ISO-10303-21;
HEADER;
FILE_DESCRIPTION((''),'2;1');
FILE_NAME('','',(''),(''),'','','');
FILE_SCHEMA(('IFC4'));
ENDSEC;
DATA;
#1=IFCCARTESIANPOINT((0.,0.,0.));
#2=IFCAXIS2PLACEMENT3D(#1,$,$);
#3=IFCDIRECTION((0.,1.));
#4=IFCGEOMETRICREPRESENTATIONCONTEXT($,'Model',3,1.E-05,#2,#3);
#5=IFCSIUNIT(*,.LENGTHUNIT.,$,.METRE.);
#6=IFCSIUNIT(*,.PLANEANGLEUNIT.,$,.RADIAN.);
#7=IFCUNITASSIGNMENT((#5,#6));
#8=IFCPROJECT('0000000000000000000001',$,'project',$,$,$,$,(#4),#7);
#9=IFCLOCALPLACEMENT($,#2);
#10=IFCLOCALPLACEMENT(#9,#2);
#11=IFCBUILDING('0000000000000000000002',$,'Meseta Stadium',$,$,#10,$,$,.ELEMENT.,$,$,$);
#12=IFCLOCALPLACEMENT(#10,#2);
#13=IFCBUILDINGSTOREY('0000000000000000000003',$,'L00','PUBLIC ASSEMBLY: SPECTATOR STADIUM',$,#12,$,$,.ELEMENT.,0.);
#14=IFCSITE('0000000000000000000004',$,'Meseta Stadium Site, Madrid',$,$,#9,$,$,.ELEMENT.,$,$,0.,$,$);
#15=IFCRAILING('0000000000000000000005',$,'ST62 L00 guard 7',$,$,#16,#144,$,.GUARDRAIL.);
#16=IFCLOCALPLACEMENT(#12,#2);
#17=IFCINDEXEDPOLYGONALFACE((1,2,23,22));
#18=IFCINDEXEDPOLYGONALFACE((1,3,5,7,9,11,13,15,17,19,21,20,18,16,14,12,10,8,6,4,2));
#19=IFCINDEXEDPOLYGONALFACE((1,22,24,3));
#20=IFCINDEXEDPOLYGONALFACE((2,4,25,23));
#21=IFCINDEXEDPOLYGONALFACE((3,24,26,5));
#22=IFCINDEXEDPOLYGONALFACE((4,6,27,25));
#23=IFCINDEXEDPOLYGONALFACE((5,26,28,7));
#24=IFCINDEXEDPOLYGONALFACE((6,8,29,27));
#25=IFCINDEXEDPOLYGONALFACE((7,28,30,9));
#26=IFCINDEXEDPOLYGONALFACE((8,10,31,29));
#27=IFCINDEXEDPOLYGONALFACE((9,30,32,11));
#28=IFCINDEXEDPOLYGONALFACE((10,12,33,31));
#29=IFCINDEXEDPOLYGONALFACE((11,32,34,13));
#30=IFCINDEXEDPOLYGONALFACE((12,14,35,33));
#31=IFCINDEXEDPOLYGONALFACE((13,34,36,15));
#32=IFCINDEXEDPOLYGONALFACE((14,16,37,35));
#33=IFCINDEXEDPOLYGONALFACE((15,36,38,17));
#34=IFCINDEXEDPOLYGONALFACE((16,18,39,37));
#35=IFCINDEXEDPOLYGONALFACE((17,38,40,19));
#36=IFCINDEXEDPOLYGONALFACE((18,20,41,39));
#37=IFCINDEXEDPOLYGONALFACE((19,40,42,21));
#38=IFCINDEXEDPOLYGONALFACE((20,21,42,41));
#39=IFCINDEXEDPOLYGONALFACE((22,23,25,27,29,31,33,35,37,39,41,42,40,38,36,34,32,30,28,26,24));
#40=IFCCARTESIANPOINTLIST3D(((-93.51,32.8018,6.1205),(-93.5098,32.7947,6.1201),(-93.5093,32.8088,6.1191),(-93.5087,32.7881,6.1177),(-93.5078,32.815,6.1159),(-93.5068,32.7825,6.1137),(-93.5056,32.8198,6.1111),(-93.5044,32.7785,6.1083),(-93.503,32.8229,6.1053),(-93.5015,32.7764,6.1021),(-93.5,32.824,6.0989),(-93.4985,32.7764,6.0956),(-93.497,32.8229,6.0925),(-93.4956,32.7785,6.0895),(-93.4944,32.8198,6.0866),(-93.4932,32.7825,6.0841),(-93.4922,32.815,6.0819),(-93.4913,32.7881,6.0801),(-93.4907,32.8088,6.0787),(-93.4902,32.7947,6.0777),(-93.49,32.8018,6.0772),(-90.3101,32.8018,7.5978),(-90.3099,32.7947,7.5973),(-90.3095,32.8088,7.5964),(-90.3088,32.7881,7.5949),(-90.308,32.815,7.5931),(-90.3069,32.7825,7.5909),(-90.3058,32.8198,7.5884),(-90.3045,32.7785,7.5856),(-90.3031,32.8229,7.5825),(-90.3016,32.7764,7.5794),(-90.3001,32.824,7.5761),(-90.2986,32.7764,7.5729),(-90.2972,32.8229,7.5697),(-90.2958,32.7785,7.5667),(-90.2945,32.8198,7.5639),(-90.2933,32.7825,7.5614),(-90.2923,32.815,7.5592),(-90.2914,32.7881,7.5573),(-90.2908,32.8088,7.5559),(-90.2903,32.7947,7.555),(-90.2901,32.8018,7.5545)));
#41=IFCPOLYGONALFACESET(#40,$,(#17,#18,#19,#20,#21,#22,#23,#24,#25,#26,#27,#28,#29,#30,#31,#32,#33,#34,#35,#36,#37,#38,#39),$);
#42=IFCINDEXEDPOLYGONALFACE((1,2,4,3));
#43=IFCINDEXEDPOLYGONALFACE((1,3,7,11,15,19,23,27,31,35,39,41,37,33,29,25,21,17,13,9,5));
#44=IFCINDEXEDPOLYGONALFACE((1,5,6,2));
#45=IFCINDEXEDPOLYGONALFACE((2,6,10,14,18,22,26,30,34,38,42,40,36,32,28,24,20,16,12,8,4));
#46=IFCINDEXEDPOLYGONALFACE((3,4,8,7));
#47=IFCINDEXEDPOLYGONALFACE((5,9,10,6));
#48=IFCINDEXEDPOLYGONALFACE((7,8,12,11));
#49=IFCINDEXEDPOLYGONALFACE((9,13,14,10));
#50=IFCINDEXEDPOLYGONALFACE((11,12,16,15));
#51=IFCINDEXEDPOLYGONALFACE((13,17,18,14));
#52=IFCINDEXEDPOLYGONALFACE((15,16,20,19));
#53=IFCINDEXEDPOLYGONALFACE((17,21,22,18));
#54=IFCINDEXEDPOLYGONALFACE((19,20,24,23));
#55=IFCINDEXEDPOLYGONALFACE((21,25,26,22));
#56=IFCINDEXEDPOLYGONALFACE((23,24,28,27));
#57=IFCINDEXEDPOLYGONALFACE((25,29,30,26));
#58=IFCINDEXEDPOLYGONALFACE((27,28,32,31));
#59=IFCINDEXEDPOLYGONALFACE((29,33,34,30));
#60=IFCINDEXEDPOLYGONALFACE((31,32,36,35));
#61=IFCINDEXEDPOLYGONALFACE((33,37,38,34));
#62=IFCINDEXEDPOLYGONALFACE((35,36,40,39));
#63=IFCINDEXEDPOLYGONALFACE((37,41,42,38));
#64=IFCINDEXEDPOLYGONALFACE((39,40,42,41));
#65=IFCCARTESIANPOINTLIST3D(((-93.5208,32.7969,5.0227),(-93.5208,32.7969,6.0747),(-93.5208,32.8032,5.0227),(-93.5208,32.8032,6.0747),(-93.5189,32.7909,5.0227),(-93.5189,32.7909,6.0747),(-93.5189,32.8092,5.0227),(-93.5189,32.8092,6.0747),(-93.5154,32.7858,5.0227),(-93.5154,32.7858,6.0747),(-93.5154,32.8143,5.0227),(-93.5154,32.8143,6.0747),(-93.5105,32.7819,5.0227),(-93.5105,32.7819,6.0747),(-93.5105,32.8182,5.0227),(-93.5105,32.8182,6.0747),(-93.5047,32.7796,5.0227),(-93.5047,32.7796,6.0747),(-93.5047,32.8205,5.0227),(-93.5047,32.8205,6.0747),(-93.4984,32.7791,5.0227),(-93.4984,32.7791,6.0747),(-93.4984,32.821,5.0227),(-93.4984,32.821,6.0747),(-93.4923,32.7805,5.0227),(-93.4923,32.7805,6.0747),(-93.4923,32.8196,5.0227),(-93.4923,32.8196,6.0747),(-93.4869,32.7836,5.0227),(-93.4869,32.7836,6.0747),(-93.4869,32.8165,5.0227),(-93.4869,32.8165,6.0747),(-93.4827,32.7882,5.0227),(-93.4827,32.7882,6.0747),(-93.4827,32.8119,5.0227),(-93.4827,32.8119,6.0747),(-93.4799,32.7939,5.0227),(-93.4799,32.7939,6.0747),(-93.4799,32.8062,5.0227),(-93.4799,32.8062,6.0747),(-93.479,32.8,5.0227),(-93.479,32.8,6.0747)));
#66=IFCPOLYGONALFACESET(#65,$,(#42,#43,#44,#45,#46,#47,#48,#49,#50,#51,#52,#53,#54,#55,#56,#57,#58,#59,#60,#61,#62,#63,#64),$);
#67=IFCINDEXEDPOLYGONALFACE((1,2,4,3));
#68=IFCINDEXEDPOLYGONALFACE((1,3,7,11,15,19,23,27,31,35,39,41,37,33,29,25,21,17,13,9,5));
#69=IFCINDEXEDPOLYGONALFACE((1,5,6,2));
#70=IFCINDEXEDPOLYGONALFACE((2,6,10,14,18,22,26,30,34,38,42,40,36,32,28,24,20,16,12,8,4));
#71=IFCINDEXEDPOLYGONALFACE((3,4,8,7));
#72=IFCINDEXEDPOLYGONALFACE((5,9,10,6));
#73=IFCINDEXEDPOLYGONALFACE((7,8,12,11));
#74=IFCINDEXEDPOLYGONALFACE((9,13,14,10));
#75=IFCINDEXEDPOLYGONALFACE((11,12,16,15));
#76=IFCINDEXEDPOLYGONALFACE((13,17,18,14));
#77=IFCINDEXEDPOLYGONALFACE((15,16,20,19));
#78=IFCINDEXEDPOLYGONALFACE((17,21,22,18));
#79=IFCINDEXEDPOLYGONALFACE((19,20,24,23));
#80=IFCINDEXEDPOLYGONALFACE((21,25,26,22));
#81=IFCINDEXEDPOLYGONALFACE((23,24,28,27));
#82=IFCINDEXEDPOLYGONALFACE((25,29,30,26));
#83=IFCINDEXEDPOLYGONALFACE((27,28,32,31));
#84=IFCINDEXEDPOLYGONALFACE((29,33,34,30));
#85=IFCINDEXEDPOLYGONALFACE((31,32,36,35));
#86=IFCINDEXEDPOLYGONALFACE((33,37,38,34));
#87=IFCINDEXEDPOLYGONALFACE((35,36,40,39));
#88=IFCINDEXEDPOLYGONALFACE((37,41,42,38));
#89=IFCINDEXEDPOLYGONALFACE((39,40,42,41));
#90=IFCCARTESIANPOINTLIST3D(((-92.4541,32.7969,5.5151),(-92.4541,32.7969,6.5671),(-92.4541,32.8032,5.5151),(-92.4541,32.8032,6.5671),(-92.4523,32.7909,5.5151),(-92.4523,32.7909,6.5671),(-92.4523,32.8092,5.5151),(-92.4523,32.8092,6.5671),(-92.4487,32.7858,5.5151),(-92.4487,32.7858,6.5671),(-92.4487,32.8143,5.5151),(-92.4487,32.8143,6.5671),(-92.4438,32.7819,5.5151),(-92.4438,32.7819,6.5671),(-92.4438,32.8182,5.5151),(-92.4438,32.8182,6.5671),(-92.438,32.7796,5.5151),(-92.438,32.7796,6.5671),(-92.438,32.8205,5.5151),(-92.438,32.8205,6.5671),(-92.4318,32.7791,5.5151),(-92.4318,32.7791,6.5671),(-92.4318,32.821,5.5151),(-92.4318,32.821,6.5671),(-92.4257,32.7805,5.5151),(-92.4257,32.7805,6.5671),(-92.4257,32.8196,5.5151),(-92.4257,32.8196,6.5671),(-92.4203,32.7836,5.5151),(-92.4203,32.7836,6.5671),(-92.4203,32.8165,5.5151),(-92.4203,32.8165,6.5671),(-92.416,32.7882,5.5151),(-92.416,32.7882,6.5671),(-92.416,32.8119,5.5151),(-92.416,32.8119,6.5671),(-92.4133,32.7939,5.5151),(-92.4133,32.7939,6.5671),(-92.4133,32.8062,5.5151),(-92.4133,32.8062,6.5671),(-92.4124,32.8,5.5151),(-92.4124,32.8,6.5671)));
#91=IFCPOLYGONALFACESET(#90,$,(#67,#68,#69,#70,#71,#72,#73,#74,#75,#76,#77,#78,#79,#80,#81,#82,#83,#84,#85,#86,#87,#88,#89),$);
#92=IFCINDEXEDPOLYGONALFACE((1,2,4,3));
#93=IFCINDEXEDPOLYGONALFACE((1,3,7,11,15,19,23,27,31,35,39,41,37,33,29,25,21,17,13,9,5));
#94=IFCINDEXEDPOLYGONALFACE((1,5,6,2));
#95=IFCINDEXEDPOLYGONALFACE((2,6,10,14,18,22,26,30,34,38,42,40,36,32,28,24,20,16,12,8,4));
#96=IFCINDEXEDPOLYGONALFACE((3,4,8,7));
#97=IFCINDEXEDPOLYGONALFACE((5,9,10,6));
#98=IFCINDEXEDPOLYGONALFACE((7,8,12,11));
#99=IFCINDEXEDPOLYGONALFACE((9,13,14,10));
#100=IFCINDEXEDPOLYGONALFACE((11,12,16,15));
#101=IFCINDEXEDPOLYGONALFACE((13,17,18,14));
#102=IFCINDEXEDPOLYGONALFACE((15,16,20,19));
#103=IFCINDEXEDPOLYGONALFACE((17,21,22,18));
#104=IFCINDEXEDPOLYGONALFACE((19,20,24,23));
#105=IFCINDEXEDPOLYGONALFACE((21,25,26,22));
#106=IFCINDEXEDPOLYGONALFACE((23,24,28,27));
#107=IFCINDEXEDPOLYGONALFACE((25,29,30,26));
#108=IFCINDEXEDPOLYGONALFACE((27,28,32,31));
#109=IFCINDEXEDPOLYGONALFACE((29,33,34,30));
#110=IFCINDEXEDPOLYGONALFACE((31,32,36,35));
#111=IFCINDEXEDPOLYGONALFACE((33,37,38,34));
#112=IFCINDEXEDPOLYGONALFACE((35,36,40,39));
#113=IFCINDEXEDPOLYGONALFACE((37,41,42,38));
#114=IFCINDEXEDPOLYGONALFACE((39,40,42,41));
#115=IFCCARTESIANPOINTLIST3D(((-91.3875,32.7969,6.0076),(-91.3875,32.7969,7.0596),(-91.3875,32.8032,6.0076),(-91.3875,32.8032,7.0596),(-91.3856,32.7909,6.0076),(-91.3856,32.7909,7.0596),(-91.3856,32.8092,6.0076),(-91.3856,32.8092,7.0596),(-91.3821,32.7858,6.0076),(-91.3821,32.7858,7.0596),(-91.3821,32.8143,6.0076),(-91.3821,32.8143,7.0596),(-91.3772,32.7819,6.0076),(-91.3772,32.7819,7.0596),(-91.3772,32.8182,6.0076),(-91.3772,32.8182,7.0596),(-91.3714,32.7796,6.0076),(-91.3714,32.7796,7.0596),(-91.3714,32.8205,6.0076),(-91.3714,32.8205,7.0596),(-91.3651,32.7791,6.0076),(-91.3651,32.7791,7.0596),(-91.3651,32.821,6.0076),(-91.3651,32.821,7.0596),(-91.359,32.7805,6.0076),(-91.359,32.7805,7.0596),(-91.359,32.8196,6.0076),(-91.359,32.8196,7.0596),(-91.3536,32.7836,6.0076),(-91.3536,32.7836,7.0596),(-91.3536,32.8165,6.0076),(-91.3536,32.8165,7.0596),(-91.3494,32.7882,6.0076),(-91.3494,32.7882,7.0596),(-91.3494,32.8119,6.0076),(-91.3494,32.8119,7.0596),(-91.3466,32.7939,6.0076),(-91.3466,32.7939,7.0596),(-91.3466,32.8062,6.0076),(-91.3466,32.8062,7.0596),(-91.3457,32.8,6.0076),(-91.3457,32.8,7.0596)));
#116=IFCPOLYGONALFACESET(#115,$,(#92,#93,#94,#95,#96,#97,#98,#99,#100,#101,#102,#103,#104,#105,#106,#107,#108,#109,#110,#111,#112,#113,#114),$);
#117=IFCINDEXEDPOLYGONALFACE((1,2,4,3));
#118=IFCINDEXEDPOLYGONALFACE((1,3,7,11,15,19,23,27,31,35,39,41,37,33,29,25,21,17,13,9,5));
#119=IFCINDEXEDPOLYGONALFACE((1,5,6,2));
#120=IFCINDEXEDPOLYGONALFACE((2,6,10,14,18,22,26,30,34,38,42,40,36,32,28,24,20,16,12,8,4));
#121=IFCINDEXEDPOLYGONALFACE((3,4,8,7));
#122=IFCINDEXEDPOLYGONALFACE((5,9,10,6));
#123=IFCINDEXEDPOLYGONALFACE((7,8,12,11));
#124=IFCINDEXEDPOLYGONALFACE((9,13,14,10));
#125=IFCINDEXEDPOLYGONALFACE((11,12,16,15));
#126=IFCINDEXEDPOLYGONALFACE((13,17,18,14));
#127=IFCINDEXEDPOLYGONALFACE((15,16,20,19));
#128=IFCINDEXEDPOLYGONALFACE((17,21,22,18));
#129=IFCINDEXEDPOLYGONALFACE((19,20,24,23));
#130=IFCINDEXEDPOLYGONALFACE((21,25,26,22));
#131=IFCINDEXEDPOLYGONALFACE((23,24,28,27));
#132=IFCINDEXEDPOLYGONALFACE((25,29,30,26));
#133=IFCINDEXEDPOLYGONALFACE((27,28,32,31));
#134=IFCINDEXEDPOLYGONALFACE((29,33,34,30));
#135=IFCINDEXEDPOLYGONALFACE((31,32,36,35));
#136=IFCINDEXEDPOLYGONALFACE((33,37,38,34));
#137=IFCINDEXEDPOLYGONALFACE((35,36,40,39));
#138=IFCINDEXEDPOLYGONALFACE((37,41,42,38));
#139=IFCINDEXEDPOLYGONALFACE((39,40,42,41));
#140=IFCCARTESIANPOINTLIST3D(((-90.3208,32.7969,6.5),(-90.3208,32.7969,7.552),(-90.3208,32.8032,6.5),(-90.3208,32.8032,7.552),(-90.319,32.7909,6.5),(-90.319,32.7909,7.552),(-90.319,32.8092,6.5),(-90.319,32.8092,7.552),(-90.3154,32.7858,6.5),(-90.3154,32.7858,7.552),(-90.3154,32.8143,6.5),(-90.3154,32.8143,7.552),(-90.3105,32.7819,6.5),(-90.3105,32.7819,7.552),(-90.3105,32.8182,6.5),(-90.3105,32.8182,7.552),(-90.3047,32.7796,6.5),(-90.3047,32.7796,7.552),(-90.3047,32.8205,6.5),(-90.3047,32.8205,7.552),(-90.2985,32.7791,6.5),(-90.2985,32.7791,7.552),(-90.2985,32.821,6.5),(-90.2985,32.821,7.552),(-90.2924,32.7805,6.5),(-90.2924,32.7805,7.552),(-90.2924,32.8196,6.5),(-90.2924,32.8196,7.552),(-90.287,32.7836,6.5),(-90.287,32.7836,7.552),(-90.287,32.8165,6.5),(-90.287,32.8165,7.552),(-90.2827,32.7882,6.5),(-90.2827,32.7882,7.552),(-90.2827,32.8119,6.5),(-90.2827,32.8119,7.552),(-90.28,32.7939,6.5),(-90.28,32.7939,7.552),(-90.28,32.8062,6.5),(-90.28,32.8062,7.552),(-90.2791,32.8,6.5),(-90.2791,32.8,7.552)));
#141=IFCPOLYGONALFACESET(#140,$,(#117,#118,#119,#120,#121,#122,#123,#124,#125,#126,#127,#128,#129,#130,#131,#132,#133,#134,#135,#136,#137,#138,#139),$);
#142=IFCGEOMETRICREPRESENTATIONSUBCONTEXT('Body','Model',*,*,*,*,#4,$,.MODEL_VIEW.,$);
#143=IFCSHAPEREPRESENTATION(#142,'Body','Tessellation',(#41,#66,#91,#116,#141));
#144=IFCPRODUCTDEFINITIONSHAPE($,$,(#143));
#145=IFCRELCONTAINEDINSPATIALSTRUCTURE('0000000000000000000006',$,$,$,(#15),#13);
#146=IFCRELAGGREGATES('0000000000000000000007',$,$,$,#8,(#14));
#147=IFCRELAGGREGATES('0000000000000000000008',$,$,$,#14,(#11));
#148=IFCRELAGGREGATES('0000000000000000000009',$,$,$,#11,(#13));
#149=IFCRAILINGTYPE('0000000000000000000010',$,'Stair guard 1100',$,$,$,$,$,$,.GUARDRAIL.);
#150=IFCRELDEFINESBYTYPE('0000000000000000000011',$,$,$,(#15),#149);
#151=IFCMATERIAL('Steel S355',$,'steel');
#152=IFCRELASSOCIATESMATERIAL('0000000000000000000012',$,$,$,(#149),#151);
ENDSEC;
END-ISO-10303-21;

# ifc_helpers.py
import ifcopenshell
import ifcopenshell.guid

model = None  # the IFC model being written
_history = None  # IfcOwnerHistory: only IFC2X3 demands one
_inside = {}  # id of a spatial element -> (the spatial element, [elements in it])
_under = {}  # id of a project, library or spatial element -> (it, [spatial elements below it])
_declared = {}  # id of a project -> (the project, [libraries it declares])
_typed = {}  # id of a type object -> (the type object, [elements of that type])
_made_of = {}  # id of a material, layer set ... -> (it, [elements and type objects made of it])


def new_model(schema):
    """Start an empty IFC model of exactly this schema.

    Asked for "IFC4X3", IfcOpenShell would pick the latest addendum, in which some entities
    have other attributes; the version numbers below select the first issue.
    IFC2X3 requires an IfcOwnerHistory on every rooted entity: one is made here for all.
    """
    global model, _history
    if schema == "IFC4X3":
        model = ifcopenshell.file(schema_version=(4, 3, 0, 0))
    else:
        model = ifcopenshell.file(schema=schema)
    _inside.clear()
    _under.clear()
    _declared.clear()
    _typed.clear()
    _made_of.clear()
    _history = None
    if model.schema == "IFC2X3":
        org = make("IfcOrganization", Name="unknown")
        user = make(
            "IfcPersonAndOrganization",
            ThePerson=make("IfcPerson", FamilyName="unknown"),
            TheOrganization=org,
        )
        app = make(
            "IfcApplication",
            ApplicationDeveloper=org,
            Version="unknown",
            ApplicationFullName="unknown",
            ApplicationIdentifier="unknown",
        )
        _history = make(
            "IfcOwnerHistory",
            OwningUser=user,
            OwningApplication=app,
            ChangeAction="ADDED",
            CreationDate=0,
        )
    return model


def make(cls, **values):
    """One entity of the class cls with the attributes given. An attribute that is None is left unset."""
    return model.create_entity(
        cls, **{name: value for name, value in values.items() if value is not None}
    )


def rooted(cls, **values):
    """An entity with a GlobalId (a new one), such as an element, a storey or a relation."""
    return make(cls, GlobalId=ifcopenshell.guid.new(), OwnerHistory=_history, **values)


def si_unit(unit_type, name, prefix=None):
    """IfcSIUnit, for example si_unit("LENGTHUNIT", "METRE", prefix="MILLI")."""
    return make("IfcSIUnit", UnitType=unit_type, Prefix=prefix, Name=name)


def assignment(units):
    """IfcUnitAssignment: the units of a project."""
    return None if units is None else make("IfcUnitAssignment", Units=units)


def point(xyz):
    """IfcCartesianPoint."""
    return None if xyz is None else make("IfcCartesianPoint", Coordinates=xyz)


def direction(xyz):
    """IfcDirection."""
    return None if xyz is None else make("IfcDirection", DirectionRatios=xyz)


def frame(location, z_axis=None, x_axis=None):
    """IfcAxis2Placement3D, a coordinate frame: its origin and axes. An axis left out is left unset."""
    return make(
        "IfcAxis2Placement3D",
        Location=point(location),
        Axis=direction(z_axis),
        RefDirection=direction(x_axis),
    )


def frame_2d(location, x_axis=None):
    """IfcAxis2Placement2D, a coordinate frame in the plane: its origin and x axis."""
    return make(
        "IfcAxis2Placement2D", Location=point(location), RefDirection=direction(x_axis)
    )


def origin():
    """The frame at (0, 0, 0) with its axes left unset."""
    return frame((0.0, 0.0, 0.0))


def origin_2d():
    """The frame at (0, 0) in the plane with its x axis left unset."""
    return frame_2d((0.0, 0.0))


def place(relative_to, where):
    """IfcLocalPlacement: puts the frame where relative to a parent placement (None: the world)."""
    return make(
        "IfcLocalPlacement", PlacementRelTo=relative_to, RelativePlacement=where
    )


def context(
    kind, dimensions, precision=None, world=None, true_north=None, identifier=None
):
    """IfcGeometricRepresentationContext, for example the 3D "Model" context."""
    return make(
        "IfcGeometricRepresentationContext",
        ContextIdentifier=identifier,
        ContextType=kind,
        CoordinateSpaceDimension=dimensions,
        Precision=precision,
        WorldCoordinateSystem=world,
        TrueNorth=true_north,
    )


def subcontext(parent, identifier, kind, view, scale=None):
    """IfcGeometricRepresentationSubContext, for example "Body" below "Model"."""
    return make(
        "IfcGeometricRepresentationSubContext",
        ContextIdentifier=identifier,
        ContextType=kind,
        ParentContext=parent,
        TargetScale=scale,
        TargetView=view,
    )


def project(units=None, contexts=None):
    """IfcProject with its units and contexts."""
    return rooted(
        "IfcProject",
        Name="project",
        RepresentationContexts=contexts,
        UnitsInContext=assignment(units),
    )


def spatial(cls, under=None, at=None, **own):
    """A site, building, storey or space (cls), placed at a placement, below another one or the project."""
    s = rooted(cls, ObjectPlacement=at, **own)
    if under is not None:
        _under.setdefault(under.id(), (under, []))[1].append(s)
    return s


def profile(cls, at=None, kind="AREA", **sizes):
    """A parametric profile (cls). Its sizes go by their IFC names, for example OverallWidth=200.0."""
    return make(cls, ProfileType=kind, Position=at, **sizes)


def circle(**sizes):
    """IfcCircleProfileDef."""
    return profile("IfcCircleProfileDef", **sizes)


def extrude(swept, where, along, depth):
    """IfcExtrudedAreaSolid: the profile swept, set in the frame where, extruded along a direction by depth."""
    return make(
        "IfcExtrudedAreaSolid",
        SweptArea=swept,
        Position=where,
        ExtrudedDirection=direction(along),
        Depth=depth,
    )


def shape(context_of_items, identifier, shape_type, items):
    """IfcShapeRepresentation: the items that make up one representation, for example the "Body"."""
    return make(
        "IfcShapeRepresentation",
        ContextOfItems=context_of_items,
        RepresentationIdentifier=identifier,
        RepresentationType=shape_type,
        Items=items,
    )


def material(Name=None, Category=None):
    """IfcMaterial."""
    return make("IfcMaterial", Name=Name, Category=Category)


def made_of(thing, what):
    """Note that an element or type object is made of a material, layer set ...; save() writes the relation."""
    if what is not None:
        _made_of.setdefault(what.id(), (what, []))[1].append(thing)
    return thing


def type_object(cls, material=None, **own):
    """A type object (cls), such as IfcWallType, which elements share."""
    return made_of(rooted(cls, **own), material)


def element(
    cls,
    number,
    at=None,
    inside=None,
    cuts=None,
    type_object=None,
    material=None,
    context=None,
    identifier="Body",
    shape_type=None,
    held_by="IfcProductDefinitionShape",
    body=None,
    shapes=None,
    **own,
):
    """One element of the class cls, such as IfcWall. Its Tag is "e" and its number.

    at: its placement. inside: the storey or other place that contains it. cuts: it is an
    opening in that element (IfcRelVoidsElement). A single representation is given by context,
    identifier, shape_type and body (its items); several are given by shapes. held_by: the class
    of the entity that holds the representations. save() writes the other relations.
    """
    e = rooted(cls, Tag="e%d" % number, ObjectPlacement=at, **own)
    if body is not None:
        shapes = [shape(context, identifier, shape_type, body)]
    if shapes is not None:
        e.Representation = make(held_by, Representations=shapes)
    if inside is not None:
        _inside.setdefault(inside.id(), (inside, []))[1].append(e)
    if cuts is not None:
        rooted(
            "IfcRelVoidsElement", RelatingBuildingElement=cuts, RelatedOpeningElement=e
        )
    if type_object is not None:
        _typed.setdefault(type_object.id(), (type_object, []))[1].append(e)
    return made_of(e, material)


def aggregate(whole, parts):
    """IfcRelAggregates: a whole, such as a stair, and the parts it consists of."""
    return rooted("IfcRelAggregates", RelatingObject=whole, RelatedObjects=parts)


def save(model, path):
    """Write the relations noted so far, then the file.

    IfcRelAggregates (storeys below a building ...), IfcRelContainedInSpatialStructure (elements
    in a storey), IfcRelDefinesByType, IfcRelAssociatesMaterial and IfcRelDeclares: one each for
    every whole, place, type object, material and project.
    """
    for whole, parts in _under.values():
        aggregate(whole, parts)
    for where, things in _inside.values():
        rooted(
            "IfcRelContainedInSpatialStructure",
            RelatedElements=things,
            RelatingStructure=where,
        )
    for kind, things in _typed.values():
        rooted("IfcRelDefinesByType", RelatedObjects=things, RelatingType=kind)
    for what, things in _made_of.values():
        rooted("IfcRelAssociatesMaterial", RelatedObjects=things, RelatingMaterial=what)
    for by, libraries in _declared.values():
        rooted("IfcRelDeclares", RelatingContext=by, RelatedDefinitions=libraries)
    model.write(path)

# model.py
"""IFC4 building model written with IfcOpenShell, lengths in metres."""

from ifc_helpers import new_model, si_unit, direction, frame, origin, origin_2d, place, context, subcontext, project, spatial, circle, extrude, material, type_object, element, save


model = new_model("IFC4")

# Units and contexts
model_context = context("Model", 3, precision=1e-05, world=origin(), true_north=direction((0.0, 1.0)))
body_context = subcontext(model_context, "Body", "Model", "MODEL_VIEW")
ifc_project = project(units=[si_unit("LENGTHUNIT", "METRE"), si_unit("PLANEANGLEUNIT", "RADIAN")], contexts=[model_context])

# Site, building, storey
site_placement = place(None, origin())
site = spatial("IfcSite", under=ifc_project, at=site_placement, Name="Meseta Stadium Site, Madrid", CompositionType="ELEMENT", RefElevation=0.0)
building_placement = place(site_placement, origin())
building = spatial("IfcBuilding", under=site, at=building_placement, Name="Meseta Stadium", CompositionType="ELEMENT")
storey_placement = place(building_placement, origin())
storey = spatial("IfcBuildingStorey", under=building, at=storey_placement, Name="L00", Description="PUBLIC ASSEMBLY: SPECTATOR STADIUM", CompositionType="ELEMENT", Elevation=0.0)

# Railing
ifc_material_1 = material(Name="Steel S355", Category="steel")
railing_type_1 = type_object("IfcRailingType", Name="Stair guard 1100", PredefinedType="GUARDRAIL", material=ifc_material_1)
railing_1_placement = place(storey_placement, frame((-93.5, 32.8, 5.0227)))
element("IfcRailing", 1, at=railing_1_placement, inside=storey, type_object=railing_type_1, Name="ST62 L00 guard 7", PredefinedType="GUARDRAIL", context=body_context, shape_type="SweptSolid", body=[
    extrude(circle(Radius=0.0239, at=origin_2d()), frame((0.0, 0.0, 1.0762), z_axis=(0.907917, 0.0, 0.41915), x_axis=(0.0, 1.0, 0.0)), (0.0, 0.0, 1.0), 3.5244),
    extrude(circle(Radius=0.021, at=origin_2d()), origin(), (0.0, 0.0, 1.0), 1.052),
    extrude(circle(Radius=0.021, at=origin_2d()), frame((1.0667, 0.0, 0.4924)), (0.0, 0.0, 1.0), 1.052),
    extrude(circle(Radius=0.021, at=origin_2d()), frame((2.1333, 0.0, 0.9849)), (0.0, 0.0, 1.0), 1.052),
    extrude(circle(Radius=0.021, at=origin_2d()), frame((3.2, 0.0, 1.4773)), (0.0, 0.0, 1.0), 1.052),
])

save(model, "model.ifc")
